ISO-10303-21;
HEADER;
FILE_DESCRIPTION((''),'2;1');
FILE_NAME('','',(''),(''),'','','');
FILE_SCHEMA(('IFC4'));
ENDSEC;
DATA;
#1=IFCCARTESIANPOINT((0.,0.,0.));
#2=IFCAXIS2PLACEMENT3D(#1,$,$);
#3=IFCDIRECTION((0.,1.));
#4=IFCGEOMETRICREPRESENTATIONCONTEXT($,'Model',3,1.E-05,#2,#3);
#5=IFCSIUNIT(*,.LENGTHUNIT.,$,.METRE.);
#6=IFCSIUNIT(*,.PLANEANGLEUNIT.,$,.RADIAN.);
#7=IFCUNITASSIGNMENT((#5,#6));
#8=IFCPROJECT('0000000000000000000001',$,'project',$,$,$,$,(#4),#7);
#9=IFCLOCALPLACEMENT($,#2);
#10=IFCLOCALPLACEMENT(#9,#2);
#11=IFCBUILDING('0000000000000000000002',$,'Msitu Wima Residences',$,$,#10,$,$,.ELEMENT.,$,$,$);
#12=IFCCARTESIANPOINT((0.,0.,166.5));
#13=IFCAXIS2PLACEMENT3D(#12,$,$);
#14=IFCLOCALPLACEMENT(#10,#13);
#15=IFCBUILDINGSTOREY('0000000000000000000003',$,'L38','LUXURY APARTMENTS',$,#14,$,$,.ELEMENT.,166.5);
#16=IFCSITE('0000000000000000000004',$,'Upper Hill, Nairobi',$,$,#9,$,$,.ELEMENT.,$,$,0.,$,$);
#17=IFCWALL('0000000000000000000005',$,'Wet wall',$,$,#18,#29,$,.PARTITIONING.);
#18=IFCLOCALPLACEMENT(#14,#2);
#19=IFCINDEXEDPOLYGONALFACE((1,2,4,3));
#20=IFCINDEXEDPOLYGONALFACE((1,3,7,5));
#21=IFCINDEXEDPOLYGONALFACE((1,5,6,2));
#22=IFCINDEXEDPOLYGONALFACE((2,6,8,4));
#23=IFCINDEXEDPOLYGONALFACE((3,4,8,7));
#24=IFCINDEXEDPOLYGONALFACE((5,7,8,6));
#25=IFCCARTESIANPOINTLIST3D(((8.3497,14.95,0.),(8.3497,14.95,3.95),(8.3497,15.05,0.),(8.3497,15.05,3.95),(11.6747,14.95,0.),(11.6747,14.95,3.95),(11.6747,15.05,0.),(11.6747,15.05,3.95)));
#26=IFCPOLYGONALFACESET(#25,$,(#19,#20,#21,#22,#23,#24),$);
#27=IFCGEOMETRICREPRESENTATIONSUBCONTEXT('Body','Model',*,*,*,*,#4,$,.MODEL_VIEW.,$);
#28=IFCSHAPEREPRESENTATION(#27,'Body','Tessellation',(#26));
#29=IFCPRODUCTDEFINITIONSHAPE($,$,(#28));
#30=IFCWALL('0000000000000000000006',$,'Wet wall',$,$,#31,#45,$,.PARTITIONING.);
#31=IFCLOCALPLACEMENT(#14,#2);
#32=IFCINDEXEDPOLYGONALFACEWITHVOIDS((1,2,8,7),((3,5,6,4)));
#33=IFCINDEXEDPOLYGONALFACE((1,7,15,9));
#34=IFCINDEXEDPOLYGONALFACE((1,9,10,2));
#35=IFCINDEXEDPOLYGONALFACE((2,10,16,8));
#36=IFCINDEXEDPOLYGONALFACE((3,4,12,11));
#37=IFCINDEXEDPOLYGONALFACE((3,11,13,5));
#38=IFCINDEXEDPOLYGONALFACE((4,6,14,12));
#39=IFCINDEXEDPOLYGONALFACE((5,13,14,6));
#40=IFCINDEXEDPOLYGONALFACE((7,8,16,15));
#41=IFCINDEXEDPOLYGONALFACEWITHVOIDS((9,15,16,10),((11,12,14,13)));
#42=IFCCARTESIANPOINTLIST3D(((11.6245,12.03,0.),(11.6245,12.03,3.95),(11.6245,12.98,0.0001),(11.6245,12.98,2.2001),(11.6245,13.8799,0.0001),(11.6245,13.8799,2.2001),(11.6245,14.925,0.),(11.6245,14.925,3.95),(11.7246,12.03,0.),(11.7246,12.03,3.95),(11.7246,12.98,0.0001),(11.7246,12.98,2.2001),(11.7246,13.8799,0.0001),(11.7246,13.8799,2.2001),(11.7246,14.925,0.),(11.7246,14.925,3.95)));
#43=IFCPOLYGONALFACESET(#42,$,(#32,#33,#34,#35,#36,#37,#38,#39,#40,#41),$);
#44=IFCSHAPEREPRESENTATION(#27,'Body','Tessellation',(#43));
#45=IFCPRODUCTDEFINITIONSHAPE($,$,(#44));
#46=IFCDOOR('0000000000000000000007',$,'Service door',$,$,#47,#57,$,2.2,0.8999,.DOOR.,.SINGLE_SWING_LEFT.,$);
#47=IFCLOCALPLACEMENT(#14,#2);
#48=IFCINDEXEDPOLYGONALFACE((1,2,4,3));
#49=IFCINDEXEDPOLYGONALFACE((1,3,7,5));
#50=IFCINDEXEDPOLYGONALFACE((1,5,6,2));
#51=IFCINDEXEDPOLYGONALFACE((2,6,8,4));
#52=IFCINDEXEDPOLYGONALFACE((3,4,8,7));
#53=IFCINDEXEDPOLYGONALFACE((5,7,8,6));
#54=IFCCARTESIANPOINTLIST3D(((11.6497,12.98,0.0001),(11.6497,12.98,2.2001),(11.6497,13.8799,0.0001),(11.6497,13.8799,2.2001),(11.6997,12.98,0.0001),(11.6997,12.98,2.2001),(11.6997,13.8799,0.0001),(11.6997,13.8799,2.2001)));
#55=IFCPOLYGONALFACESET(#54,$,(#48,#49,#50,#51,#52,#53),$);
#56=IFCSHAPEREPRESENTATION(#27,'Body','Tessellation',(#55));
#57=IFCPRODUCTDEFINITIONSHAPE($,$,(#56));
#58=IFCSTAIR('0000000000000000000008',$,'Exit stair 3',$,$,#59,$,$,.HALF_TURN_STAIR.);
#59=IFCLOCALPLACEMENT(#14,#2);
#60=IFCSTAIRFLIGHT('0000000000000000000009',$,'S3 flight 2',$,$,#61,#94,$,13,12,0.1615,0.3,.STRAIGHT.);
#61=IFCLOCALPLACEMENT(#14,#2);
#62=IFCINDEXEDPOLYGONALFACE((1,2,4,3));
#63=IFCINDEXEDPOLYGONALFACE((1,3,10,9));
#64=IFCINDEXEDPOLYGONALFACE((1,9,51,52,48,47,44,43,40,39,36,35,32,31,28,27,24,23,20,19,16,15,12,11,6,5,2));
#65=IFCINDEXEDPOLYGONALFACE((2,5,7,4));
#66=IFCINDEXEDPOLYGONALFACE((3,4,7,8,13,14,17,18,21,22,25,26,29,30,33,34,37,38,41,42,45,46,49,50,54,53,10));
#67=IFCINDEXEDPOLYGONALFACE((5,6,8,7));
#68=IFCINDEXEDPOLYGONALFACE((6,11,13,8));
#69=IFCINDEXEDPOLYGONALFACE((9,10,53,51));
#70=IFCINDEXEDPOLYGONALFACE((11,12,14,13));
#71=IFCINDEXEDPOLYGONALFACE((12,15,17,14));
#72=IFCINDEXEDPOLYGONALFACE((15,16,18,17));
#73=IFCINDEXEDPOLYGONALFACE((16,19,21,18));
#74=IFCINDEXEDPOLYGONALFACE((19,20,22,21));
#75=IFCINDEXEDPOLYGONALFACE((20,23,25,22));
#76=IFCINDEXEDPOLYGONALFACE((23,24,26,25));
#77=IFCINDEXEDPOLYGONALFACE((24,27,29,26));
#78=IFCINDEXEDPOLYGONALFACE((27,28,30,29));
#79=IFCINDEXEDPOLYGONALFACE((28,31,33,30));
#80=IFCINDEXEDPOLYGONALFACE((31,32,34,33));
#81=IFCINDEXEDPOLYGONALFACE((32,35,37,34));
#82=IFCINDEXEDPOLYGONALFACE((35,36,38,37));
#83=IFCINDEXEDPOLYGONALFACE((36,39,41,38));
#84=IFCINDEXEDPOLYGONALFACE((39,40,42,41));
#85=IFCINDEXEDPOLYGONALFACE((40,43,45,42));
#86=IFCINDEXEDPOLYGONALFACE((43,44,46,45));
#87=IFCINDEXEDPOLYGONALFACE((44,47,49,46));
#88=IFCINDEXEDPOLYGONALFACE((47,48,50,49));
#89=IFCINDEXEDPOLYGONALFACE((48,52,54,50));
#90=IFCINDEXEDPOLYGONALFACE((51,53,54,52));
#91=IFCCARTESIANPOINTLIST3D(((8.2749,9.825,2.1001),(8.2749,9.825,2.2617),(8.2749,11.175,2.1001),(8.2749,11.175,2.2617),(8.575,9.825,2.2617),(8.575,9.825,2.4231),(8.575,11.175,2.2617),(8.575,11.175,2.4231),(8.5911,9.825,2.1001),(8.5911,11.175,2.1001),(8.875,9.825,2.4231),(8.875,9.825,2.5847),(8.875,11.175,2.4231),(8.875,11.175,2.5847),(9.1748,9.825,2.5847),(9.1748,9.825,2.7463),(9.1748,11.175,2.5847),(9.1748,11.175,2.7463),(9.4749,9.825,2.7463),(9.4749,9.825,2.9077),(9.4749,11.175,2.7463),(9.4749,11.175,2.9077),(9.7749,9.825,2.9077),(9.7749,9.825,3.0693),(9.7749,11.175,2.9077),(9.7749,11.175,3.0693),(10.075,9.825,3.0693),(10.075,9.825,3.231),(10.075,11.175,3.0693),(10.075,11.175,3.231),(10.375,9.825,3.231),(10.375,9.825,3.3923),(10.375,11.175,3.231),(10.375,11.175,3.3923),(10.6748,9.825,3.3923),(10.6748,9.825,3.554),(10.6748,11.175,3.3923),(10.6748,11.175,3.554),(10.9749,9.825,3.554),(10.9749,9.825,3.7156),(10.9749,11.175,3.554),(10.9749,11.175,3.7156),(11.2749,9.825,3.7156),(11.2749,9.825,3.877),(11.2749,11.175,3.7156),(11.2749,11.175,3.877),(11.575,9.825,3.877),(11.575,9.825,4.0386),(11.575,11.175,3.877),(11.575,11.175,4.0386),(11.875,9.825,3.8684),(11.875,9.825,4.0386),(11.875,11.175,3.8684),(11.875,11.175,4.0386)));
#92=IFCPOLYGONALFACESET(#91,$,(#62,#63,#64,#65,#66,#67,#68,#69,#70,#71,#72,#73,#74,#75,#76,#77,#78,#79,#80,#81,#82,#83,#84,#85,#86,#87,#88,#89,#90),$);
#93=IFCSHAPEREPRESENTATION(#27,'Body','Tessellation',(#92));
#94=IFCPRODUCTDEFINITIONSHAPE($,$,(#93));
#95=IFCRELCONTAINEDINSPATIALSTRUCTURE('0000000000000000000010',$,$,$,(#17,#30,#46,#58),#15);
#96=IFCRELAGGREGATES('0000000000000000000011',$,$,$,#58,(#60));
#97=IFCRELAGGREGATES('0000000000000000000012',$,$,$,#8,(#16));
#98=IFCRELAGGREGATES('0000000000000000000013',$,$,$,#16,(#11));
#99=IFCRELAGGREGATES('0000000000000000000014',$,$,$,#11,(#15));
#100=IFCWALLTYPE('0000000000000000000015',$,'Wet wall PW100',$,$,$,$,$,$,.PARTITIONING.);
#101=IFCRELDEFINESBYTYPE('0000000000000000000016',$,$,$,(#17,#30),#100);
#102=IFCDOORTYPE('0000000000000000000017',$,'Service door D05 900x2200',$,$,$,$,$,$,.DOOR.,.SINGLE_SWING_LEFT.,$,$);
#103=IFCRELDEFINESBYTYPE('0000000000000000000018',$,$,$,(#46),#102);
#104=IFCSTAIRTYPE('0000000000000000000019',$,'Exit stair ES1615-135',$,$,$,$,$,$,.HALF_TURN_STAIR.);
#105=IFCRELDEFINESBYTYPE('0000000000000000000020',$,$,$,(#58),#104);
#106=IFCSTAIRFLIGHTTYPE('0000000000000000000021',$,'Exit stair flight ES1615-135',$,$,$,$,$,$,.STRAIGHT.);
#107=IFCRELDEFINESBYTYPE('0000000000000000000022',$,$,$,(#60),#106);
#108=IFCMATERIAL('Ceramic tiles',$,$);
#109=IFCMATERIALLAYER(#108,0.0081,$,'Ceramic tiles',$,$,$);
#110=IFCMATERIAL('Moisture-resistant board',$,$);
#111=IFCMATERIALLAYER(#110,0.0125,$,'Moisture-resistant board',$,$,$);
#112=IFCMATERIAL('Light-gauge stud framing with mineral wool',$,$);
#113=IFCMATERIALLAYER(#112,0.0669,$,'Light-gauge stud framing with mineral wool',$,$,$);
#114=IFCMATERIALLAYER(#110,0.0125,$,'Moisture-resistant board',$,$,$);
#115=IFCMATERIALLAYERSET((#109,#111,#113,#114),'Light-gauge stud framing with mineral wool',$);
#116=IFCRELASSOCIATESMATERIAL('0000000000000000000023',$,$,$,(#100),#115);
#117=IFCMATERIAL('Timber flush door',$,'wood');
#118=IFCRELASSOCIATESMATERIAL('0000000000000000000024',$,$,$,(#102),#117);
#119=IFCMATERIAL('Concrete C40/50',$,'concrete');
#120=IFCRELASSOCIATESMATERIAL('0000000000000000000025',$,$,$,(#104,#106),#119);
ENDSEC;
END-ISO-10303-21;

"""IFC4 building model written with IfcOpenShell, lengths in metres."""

from ifc_helpers import new_model, si_unit, direction, frame, frame_2d, origin, place, context, subcontext, project, spatial, polyline, rectangle, outline, extrude, material, layer, layer_set, type_object, element, fill, aggregate, save


model = new_model("IFC4")

# Units and contexts
model_context = context("Model", 3, precision=1e-05, world=origin(), true_north=direction((0.0, 1.0)))
body_context = subcontext(model_context, "Body", "Model", "MODEL_VIEW")
ifc_project = project(units=[si_unit("LENGTHUNIT", "METRE"), si_unit("PLANEANGLEUNIT", "RADIAN")], contexts=[model_context])

# Site, building, storey
site_placement = place(None, origin())
site = spatial("IfcSite", under=ifc_project, at=site_placement, Name="Upper Hill, Nairobi", CompositionType="ELEMENT", RefElevation=0.0)
building_placement = place(site_placement, origin())
building = spatial("IfcBuilding", under=site, at=building_placement, Name="Msitu Wima Residences", CompositionType="ELEMENT")
storey_placement = place(building_placement, frame((0.0, 0.0, 166.5)))
storey = spatial("IfcBuildingStorey", under=building, at=storey_placement, Name="L38", Description="LUXURY APARTMENTS", CompositionType="ELEMENT", Elevation=166.5)

# Shared definitions
ifc_material_1 = material(Name="Concrete C40/50", Category="concrete")

# Shared definitions
ifc_material_2 = material(Name="Timber flush door", Category="wood")

# Shared definitions
ifc_material_3 = material(Name="Ceramic tiles")
ifc_layer_1 = layer(ifc_material_3, 0.0081, Name="Ceramic tiles")
ifc_material_4 = material(Name="Moisture-resistant board")
ifc_layer_2 = layer(ifc_material_4, 0.0125, Name="Moisture-resistant board")
ifc_material_5 = material(Name="Light-gauge stud framing with mineral wool")
ifc_layer_3 = layer(ifc_material_5, 0.0669, Name="Light-gauge stud framing with mineral wool")
ifc_layer_4 = layer(ifc_material_4, 0.0125, Name="Moisture-resistant board")
ifc_layer_set_1 = layer_set([ifc_layer_1, ifc_layer_2, ifc_layer_3, ifc_layer_4], Name="Light-gauge stud framing with mineral wool")
wall_type_1 = type_object("IfcWallType", Name="Wet wall PW100", PredefinedType="PARTITIONING", material=ifc_layer_set_1)

# Wall
wall_1_placement = place(storey_placement, frame((8.3496, 15.0, 0.0), z_axis=(0.0, 0.0, 1.0), x_axis=(1.0, 0.0, 0.0)))
element("IfcWall", 1, at=wall_1_placement, inside=storey, type_object=wall_type_1, Name="Wet wall", PredefinedType="PARTITIONING", context=body_context, shape_type="SweptSolid", body=[
    extrude(rectangle(XDim=3.325, YDim=0.1001, at=frame_2d((1.6626, 0.0))), origin(), (0.0, 0.0, 1.0), 3.95),
])

# Wall, opening, door
wall_2_placement = place(storey_placement, frame((11.6746, 12.03, 0.0), z_axis=(0.0, 0.0, 1.0), x_axis=(0.0, 1.0, 0.0)))
wall_2 = element("IfcWall", 2, at=wall_2_placement, inside=storey, type_object=wall_type_1, Name="Wet wall", PredefinedType="PARTITIONING", context=body_context, shape_type="SweptSolid", body=[
    extrude(rectangle(XDim=2.895, YDim=0.1001, at=frame_2d((1.4475, 0.0))), origin(), (0.0, 0.0, 1.0), 3.95),
])
opening_1_placement = place(wall_2_placement, frame((0.95, 0.0, 0.0)))
opening_1 = element("IfcOpeningElement", 3, at=opening_1_placement, cuts=wall_2, PredefinedType="OPENING", context=body_context, shape_type="SweptSolid", body=[
    extrude(rectangle(XDim=0.8999, YDim=2.2, at=frame_2d((0.45, 1.1001))), frame((0.0, 0.0601, 0.0), z_axis=(0.0, -1.0, 0.0), x_axis=(1.0, 0.0, 0.0)), (0.0, 0.0, 1.0), 0.1201),
])
door_type_1 = type_object("IfcDoorType", Name="Service door D05 900x2200", OperationType="SINGLE_SWING_LEFT", PredefinedType="DOOR", material=ifc_material_2)
door_1_placement = place(opening_1_placement, origin())
door_1 = element("IfcDoor", 4, at=door_1_placement, inside=storey, type_object=door_type_1, Name="Service door", OperationType="SINGLE_SWING_LEFT", OverallHeight=2.2, OverallWidth=0.8999, PredefinedType="DOOR", context=body_context, shape_type="SweptSolid", body=[
    extrude(rectangle(XDim=0.8999, YDim=2.2, at=frame_2d((0.45, 1.1001))), frame((0.0, 0.0249, 0.0), z_axis=(0.0, -1.0, 0.0), x_axis=(1.0, 0.0, 0.0)), (0.0, 0.0, 1.0), 0.05),
])
fill(opening_1, door_1)

# Stair, stair flight
stair_type = type_object("IfcStairType", Name="Exit stair ES1615-135", PredefinedType="HALF_TURN_STAIR", material=ifc_material_1)
stair_placement = place(storey_placement, origin())
stair = element("IfcStair", 5, at=stair_placement, inside=storey, type_object=stair_type, Name="Exit stair 3", PredefinedType="HALF_TURN_STAIR")
stair_flight_type = type_object("IfcStairFlightType", Name="Exit stair flight ES1615-135", PredefinedType="STRAIGHT", material=ifc_material_1)
stair_flight_placement = place(storey_placement, frame((8.2749, 10.5, 2.1001), z_axis=(0.0, 0.0, 1.0), x_axis=(1.0, 0.0, 0.0)))
stair_flight = element("IfcStairFlight", 6, at=stair_flight_placement, type_object=stair_flight_type, Name="S3 flight 2", NumberOfRisers=13, NumberOfTreads=12, PredefinedType="STRAIGHT", RiserHeight=0.1615, TreadLength=0.3, context=body_context, shape_type="SweptSolid", body=[
    extrude(outline(polyline([(0.0, 0.0), (0.0, 0.1616), (0.3, 0.1616), (0.3, 0.323), (0.6001, 0.323), (0.6001, 0.4846), (0.8999, 0.4846), (0.8999, 0.6462), (1.2, 0.6462), (1.2, 0.8076), (1.5, 0.8076), (1.5, 0.9692), (1.8, 0.9692), (1.8, 1.1309), (2.1001, 1.1309), (2.1001, 1.2922), (2.3999, 1.2922), (2.3999, 1.4539), (2.7, 1.4539), (2.7, 1.6155), (3.0, 1.6155), (3.0, 1.7769), (3.3, 1.7769), (3.3, 1.9385), (3.6001, 1.9385), (3.6001, 2.1001), (3.6001, 1.7683), (0.3162, 0.0), (0.0, 0.0)])), frame((0.0, 0.675, 0.0), z_axis=(0.0, -1.0, 0.0), x_axis=(1.0, 0.0, 0.0)), (0.0, 0.0, 1.0), 1.3501),
])
aggregate(stair, [stair_flight])

save(model, "model.ifc")
